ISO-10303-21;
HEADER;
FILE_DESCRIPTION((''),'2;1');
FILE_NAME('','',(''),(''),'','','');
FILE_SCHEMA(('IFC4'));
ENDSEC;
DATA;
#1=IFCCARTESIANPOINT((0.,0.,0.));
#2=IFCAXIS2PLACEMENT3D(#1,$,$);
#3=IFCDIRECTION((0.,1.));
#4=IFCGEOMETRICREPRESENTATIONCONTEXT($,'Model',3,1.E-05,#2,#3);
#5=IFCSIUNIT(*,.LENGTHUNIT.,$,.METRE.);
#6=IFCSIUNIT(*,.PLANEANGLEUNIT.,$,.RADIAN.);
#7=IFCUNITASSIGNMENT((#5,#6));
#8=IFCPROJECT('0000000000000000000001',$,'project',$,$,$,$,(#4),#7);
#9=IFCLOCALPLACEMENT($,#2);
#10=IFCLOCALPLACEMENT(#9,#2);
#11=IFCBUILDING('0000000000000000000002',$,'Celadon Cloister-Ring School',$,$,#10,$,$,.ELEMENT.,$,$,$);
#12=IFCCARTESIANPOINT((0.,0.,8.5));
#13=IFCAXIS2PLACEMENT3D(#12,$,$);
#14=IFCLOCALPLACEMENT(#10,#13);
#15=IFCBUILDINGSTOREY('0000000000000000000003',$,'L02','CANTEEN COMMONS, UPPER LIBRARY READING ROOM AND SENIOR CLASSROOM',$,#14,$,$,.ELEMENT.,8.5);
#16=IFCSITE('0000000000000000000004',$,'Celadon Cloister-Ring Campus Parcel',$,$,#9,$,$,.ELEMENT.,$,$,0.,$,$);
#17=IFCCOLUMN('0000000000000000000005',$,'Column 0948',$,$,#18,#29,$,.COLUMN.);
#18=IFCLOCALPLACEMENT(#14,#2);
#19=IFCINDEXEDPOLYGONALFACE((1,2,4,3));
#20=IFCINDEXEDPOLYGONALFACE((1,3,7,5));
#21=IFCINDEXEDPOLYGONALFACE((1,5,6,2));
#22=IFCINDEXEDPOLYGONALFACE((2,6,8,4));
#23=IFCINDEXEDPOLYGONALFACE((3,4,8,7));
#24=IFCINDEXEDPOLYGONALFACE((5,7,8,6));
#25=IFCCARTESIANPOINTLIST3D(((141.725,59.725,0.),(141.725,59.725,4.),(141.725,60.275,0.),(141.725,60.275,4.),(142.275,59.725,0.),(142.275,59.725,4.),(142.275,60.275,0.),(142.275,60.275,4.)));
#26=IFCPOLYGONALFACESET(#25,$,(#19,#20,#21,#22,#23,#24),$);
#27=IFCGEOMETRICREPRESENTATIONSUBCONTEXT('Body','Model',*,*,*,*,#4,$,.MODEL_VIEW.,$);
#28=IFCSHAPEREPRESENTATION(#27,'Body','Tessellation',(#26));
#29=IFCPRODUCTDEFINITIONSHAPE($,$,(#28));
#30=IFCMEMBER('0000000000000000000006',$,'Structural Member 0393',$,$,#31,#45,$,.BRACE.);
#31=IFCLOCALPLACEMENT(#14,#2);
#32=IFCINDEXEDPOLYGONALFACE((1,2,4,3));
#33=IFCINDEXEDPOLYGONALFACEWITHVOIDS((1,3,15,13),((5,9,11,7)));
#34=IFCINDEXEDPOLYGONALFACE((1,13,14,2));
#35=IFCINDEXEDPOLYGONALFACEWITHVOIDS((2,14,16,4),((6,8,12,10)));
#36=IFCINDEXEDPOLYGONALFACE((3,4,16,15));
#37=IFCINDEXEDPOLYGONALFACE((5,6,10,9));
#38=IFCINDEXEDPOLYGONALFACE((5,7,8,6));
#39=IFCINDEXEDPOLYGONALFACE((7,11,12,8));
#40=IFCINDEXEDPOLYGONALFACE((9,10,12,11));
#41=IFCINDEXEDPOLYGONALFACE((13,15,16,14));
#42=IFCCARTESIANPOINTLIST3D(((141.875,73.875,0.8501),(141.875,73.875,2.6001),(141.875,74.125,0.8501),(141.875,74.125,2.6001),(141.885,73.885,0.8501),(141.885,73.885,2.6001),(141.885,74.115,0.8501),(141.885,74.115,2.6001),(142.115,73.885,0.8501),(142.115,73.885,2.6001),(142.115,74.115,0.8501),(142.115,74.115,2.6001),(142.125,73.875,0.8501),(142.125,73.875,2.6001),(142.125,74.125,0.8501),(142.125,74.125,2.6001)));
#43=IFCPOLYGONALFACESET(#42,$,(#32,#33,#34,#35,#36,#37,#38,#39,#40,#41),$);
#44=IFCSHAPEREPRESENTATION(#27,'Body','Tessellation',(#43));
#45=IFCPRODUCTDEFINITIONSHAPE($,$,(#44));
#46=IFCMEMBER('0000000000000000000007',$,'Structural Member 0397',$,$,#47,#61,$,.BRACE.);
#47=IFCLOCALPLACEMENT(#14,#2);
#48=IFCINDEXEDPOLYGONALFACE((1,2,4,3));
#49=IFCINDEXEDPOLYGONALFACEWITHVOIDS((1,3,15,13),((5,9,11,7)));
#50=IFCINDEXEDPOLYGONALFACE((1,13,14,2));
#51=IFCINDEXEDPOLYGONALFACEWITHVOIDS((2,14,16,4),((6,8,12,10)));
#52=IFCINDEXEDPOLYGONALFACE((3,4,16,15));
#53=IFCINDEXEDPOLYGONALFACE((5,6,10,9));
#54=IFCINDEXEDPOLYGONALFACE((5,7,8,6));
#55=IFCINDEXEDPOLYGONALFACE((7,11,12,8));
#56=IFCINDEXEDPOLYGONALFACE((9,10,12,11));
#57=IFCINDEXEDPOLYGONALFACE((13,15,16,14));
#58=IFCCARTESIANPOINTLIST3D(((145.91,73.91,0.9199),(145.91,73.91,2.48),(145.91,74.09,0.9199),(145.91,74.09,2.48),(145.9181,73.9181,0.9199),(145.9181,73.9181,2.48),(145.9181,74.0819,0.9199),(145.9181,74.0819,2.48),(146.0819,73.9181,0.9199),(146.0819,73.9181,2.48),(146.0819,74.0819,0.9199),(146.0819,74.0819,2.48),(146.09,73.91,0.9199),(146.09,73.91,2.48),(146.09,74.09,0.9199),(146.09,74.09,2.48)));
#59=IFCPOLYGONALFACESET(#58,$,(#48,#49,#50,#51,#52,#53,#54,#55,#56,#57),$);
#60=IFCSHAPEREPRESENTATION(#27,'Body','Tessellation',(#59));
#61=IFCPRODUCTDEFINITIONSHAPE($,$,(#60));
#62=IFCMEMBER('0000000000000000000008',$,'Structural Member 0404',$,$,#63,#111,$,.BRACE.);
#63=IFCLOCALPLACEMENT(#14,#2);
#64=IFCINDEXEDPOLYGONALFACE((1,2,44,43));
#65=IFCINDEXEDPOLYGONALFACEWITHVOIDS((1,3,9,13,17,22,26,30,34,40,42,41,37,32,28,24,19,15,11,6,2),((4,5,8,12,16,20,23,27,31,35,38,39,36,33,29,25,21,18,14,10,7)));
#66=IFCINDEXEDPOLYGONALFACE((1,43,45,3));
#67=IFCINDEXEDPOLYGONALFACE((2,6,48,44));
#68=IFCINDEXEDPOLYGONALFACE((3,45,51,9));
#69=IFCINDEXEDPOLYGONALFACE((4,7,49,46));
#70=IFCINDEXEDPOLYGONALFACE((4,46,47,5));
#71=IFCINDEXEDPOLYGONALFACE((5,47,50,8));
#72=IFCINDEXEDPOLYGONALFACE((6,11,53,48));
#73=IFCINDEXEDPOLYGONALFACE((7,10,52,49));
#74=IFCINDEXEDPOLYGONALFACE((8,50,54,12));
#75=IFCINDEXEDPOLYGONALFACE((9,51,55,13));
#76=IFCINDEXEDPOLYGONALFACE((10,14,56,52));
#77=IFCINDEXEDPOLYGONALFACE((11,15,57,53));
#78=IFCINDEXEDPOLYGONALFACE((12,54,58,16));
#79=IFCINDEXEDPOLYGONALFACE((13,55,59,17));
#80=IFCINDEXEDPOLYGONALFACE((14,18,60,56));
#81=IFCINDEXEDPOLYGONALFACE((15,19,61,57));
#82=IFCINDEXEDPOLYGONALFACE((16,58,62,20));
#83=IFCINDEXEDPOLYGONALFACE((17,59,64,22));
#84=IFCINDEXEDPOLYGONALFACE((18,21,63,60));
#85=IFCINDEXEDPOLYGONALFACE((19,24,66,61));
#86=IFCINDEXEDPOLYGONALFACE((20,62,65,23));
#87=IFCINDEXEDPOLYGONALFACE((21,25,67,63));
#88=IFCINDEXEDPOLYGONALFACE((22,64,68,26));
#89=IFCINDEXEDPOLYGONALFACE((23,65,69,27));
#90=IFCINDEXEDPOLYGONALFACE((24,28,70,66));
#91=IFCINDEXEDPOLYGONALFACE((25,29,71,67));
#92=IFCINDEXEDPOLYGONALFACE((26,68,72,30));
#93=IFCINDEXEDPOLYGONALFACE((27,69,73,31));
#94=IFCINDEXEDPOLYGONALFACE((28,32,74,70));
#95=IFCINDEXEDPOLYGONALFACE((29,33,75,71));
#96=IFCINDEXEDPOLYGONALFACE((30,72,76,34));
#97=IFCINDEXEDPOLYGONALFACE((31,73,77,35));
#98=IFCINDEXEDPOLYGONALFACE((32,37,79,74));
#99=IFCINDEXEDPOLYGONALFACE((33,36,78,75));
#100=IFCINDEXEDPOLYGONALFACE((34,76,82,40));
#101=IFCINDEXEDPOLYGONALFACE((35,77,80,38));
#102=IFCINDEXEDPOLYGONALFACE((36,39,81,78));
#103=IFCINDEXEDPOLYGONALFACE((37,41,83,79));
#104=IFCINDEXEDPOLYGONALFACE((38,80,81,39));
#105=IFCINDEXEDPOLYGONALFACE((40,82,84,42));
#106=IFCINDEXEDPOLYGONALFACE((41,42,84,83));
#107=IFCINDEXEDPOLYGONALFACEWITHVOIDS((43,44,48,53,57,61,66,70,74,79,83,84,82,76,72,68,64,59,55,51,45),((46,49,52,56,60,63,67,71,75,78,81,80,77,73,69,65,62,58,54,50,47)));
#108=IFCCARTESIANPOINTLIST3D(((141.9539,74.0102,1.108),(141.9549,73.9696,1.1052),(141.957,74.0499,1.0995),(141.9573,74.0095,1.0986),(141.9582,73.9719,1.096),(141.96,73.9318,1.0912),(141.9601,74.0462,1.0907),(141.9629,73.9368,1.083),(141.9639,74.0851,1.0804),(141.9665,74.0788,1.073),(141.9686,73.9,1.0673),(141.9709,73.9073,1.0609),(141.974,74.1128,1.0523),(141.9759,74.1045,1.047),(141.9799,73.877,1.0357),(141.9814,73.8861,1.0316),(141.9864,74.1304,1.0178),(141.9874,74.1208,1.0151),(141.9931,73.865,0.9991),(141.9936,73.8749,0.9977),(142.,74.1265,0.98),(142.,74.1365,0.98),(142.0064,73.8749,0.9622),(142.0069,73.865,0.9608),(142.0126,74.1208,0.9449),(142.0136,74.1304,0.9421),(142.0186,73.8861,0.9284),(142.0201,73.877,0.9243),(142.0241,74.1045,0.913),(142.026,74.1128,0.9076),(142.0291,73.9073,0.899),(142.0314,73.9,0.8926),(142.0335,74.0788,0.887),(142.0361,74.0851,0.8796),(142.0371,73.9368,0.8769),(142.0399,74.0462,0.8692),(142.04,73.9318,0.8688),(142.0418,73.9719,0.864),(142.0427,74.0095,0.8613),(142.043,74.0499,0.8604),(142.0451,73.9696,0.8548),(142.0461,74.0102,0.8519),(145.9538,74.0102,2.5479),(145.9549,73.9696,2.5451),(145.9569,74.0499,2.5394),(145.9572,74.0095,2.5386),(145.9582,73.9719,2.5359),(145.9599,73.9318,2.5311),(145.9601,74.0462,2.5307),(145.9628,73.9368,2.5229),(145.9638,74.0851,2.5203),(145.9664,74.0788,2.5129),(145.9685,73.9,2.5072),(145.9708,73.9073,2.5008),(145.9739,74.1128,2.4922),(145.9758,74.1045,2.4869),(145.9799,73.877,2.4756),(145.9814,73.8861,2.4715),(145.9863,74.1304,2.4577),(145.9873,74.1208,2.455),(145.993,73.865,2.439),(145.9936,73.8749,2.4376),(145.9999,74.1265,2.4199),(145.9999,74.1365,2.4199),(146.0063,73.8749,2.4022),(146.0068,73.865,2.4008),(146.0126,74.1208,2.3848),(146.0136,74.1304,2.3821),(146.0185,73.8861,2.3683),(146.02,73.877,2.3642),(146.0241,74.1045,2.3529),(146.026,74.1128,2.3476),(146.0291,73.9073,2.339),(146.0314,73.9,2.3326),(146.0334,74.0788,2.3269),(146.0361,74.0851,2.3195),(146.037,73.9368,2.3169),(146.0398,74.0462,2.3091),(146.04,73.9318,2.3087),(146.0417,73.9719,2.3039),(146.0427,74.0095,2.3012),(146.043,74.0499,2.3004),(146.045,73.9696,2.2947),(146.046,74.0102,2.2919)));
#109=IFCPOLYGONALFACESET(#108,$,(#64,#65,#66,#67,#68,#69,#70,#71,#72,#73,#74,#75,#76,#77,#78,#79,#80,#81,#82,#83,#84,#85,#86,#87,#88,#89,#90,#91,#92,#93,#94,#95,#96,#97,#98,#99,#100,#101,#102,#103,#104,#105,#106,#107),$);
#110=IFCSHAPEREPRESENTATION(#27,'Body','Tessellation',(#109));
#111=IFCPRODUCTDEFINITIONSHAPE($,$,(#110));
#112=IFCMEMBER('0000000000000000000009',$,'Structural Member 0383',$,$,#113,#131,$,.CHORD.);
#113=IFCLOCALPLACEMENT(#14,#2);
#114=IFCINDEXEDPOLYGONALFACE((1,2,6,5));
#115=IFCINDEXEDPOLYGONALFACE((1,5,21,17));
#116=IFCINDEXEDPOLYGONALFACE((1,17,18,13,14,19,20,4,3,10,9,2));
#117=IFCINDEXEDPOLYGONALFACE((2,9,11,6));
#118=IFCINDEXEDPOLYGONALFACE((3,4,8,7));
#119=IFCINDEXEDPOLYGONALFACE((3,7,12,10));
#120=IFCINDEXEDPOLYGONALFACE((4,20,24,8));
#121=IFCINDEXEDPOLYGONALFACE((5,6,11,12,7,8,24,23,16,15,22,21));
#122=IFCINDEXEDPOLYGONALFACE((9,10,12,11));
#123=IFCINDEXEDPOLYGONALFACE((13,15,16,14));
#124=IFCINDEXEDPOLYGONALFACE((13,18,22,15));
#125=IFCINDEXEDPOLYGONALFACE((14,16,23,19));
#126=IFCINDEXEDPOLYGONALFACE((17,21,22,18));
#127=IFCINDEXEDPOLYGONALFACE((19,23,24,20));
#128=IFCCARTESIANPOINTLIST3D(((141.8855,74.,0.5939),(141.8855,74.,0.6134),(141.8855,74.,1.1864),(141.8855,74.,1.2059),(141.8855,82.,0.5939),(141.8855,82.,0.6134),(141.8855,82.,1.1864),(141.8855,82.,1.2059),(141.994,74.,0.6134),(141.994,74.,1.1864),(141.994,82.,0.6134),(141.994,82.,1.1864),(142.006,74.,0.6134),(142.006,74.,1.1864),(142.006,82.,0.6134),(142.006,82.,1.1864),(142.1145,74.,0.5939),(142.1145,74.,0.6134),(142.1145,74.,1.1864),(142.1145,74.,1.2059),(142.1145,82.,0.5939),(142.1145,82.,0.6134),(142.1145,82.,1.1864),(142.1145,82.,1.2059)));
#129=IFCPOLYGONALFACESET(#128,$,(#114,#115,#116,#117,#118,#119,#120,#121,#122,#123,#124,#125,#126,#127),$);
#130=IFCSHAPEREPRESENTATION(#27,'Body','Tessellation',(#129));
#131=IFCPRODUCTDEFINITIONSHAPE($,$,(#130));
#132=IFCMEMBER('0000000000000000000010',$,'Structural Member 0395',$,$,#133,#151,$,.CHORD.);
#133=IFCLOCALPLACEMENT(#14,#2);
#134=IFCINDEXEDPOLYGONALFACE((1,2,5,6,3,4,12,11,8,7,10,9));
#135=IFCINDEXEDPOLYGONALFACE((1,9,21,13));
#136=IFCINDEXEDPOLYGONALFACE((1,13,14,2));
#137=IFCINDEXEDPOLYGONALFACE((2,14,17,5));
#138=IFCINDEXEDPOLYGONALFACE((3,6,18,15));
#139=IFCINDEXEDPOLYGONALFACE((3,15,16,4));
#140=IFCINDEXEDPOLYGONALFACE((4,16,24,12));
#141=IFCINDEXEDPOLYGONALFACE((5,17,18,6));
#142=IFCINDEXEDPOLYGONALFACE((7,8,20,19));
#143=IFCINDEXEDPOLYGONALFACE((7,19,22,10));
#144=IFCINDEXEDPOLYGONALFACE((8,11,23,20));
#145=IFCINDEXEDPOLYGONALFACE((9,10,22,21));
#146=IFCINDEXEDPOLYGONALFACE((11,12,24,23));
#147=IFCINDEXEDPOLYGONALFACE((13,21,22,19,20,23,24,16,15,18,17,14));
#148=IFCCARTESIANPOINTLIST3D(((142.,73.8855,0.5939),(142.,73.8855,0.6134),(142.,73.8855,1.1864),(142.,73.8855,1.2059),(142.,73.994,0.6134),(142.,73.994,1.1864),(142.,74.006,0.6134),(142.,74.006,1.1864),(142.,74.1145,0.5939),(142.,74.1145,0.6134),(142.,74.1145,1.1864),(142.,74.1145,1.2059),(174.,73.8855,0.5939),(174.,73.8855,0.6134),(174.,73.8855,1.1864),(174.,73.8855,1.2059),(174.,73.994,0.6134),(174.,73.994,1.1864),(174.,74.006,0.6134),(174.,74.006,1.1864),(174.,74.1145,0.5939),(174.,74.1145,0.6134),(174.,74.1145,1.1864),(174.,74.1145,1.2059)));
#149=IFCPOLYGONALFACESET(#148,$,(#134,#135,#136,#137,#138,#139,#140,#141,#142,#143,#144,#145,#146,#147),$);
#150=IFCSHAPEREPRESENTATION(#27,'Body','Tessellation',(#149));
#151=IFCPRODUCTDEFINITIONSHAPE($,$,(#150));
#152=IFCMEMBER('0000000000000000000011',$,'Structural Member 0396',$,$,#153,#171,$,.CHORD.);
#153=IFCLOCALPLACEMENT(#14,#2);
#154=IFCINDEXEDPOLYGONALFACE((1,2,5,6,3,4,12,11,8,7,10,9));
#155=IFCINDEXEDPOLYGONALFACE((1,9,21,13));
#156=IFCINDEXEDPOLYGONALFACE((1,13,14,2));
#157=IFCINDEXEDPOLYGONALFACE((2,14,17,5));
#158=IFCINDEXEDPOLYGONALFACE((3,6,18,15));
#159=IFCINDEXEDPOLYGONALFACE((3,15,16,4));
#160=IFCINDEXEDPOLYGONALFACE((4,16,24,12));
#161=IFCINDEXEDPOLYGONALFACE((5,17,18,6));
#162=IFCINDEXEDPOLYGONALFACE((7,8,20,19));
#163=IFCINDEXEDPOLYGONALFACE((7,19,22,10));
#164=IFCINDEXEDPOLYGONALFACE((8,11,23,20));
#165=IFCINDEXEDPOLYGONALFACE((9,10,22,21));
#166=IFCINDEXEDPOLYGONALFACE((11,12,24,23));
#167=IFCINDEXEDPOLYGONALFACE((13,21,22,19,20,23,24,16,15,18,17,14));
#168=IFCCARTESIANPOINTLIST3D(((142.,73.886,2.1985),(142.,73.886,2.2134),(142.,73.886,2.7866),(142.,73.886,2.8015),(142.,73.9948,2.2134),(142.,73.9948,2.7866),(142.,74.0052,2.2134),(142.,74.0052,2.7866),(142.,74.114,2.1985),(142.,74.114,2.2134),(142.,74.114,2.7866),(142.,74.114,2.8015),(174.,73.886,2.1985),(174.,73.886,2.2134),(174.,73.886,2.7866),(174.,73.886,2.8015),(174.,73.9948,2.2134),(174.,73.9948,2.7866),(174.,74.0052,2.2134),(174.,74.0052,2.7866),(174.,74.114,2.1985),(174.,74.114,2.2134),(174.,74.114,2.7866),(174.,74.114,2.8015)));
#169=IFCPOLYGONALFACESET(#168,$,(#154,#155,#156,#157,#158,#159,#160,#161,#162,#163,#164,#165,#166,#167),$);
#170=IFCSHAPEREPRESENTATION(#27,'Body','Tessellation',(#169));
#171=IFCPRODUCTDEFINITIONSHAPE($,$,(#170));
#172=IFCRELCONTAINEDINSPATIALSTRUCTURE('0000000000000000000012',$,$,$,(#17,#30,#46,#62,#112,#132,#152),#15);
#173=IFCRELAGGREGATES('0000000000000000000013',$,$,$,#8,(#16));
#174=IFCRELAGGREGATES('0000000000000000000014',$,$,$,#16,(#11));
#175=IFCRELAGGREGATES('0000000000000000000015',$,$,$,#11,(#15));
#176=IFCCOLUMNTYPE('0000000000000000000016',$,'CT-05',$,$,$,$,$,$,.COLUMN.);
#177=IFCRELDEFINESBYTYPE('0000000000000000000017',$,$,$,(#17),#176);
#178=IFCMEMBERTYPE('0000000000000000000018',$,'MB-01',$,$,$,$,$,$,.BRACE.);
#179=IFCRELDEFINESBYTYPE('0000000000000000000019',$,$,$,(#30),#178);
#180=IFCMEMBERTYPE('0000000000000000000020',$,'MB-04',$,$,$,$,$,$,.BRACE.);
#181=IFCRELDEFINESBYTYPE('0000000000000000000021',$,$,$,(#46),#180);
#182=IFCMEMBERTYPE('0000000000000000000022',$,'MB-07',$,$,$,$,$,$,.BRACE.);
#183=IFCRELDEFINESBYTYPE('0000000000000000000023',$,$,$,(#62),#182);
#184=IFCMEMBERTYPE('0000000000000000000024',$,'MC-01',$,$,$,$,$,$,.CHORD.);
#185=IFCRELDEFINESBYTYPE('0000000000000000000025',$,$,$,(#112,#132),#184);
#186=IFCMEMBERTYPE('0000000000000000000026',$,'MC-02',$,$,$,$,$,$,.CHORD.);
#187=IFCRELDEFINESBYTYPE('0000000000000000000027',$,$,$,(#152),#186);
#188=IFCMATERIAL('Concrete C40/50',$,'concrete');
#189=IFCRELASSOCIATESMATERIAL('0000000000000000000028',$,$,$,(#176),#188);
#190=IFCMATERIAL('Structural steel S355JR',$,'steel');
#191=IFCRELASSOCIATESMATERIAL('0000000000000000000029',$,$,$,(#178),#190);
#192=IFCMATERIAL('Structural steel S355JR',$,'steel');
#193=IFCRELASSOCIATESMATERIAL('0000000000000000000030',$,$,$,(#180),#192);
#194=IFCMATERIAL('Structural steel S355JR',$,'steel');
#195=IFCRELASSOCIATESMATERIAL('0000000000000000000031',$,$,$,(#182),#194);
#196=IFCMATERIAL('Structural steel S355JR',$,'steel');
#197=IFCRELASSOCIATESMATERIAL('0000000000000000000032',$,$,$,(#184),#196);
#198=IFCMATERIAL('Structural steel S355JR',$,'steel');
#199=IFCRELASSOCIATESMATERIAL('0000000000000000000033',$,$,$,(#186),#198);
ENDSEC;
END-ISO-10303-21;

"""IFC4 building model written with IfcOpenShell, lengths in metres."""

from ifc_helpers import new_model, si_unit, direction, frame, origin, origin_2d, place, context, subcontext, project, spatial, rectangle, hollow_rectangle, hollow_circle, i_section, extrude, material, material_profile, profile_set, type_object, element, save


model = new_model("IFC4")

# Units and contexts
model_context = context("Model", 3, precision=1e-05, world=origin(), true_north=direction((0.0, 1.0)))
body_context = subcontext(model_context, "Body", "Model", "MODEL_VIEW")
ifc_project = project(units=[si_unit("LENGTHUNIT", "METRE"), si_unit("PLANEANGLEUNIT", "RADIAN")], contexts=[model_context])

# Site, building, storey
site_placement = place(None, origin())
site = spatial("IfcSite", under=ifc_project, at=site_placement, Name="Celadon Cloister-Ring Campus Parcel", CompositionType="ELEMENT", RefElevation=0.0)
building_placement = place(site_placement, origin())
building = spatial("IfcBuilding", under=site, at=building_placement, Name="Celadon Cloister-Ring School", CompositionType="ELEMENT")
storey_placement = place(building_placement, frame((0.0, 0.0, 8.5)))
storey = spatial("IfcBuildingStorey", under=building, at=storey_placement, Name="L02", Description="CANTEEN COMMONS, UPPER LIBRARY READING ROOM AND SENIOR CLASSROOM", CompositionType="ELEMENT", Elevation=8.5)

# Column
ifc_material_1 = material(Name="Concrete C40/50", Category="concrete")
ifc_material_profile_1 = material_profile(ifc_material_1, rectangle(XDim=0.55, YDim=0.55, at=origin_2d()), Name="RC550X550")
ifc_profile_set_1 = profile_set([ifc_material_profile_1], Name="Concrete C40/50")
column_type = type_object("IfcColumnType", Name="CT-05", PredefinedType="COLUMN", material=ifc_profile_set_1)
column_placement = place(storey_placement, frame((142.0, 60.0, 0.0), z_axis=(0.0, 0.0, 1.0), x_axis=(1.0, 0.0, 0.0)))
element("IfcColumn", 1, at=column_placement, inside=storey, type_object=column_type, Name="Column 0948", PredefinedType="COLUMN", context=body_context, shape_type="SweptSolid", body=[
    extrude(rectangle(XDim=0.55, YDim=0.55, at=origin_2d()), origin(), (0.0, 0.0, 1.0), 4.0),
])

# Members
ifc_material_2 = material(Name="Structural steel S355JR", Category="steel")
ifc_material_profile_2 = material_profile(ifc_material_2, hollow_rectangle(XDim=0.25, YDim=0.25, WallThickness=0.01, at=origin_2d()), Name="HSS250X250X10")
ifc_profile_set_2 = profile_set([ifc_material_profile_2], Name="Structural steel S355JR")
member_type_1 = type_object("IfcMemberType", Name="MB-01", PredefinedType="BRACE", material=ifc_profile_set_2)
member_1_placement = place(storey_placement, frame((142.0, 74.0, 0.8501), z_axis=(0.0, 0.0, 1.0), x_axis=(1.0, 0.0, 0.0)))
element("IfcMember", 2, at=member_1_placement, inside=storey, type_object=member_type_1, Name="Structural Member 0393", PredefinedType="BRACE", context=body_context, shape_type="SweptSolid", body=[
    extrude(hollow_rectangle(XDim=0.25, YDim=0.25, WallThickness=0.01, at=origin_2d()), origin(), (0.0, 0.0, 1.0), 1.75),
])
ifc_material_3 = material(Name="Structural steel S355JR", Category="steel")
ifc_material_profile_3 = material_profile(ifc_material_3, hollow_rectangle(XDim=0.1799, YDim=0.1799, WallThickness=0.0081, at=origin_2d()), Name="HSS180X180X8")
ifc_profile_set_3 = profile_set([ifc_material_profile_3], Name="Structural steel S355JR")
member_type_2 = type_object("IfcMemberType", Name="MB-04", PredefinedType="BRACE", material=ifc_profile_set_3)
member_2_placement = place(storey_placement, frame((146.0, 74.0, 0.9199), z_axis=(0.0, 0.0, 1.0), x_axis=(1.0, 0.0, 0.0)))
element("IfcMember", 3, at=member_2_placement, inside=storey, type_object=member_type_2, Name="Structural Member 0397", PredefinedType="BRACE", context=body_context, shape_type="SweptSolid", body=[
    extrude(hollow_rectangle(XDim=0.1799, YDim=0.1799, WallThickness=0.0081, at=origin_2d()), origin(), (0.0, 0.0, 1.0), 1.5601),
])
ifc_material_4 = material(Name="Structural steel S355JR", Category="steel")
ifc_material_profile_4 = material_profile(ifc_material_4, hollow_circle(Radius=0.1365, WallThickness=0.01, at=origin_2d()), Name="CHS273.0X10")
ifc_profile_set_4 = profile_set([ifc_material_profile_4], Name="Structural steel S355JR")
member_type_3 = type_object("IfcMemberType", Name="MB-07", PredefinedType="BRACE", material=ifc_profile_set_4)
member_3_placement = place(storey_placement, frame((142.0, 74.0, 0.98), z_axis=(0.940892, 0.0, 0.338707), x_axis=(0.0, 1.0, 0.0)))
element("IfcMember", 4, at=member_3_placement, inside=storey, type_object=member_type_3, Name="Structural Member 0404", PredefinedType="BRACE", context=body_context, shape_type="SweptSolid", body=[
    extrude(hollow_circle(Radius=0.1365, WallThickness=0.01, at=origin_2d()), origin(), (0.0, 0.0, 1.0), 4.2512),
])
ifc_material_5 = material(Name="Structural steel S355JR", Category="steel")
ifc_material_profile_5 = material_profile(ifc_material_5, i_section(OverallWidth=0.229, OverallDepth=0.6121, WebThickness=0.012, FlangeThickness=0.0195, at=origin_2d()), Name="W610X125")
ifc_profile_set_5 = profile_set([ifc_material_profile_5], Name="Structural steel S355JR")
member_type_4 = type_object("IfcMemberType", Name="MC-01", PredefinedType="CHORD", material=ifc_profile_set_5)
member_4_placement = place(storey_placement, frame((142.0, 74.0, 0.8999), z_axis=(0.0, 1.0, 0.0), x_axis=(-1.0, 0.0, 0.0)))
element("IfcMember", 5, at=member_4_placement, inside=storey, type_object=member_type_4, Name="Structural Member 0383", PredefinedType="CHORD", context=body_context, shape_type="SweptSolid", body=[
    extrude(i_section(OverallWidth=0.229, OverallDepth=0.6121, WebThickness=0.012, FlangeThickness=0.0195, at=origin_2d()), origin(), (0.0, 0.0, 1.0), 8.0),
])
member_5_placement = place(storey_placement, frame((142.0, 74.0, 0.8999), z_axis=(1.0, 0.0, 0.0), x_axis=(0.0, 1.0, 0.0)))
element("IfcMember", 6, at=member_5_placement, inside=storey, type_object=member_type_4, Name="Structural Member 0395", PredefinedType="CHORD", context=body_context, shape_type="SweptSolid", body=[
    extrude(i_section(OverallWidth=0.229, OverallDepth=0.6121, WebThickness=0.012, FlangeThickness=0.0195, at=origin_2d()), origin(), (0.0, 0.0, 1.0), 32.0),
])
ifc_material_6 = material(Name="Structural steel S355JR", Category="steel")
ifc_material_profile_6 = material_profile(ifc_material_6, i_section(OverallWidth=0.228, OverallDepth=0.603, WebThickness=0.0105, FlangeThickness=0.0149, at=origin_2d()), Name="W610X101")
ifc_profile_set_6 = profile_set([ifc_material_profile_6], Name="Structural steel S355JR")
member_type_5 = type_object("IfcMemberType", Name="MC-02", PredefinedType="CHORD", material=ifc_profile_set_6)
member_6_placement = place(storey_placement, frame((142.0, 74.0, 2.5), z_axis=(1.0, 0.0, 0.0), x_axis=(0.0, 1.0, 0.0)))
element("IfcMember", 7, at=member_6_placement, inside=storey, type_object=member_type_5, Name="Structural Member 0396", PredefinedType="CHORD", context=body_context, shape_type="SweptSolid", body=[
    extrude(i_section(OverallWidth=0.228, OverallDepth=0.603, WebThickness=0.0105, FlangeThickness=0.0149, at=origin_2d()), origin(), (0.0, 0.0, 1.0), 32.0),
])

save(model, "model.ifc")
